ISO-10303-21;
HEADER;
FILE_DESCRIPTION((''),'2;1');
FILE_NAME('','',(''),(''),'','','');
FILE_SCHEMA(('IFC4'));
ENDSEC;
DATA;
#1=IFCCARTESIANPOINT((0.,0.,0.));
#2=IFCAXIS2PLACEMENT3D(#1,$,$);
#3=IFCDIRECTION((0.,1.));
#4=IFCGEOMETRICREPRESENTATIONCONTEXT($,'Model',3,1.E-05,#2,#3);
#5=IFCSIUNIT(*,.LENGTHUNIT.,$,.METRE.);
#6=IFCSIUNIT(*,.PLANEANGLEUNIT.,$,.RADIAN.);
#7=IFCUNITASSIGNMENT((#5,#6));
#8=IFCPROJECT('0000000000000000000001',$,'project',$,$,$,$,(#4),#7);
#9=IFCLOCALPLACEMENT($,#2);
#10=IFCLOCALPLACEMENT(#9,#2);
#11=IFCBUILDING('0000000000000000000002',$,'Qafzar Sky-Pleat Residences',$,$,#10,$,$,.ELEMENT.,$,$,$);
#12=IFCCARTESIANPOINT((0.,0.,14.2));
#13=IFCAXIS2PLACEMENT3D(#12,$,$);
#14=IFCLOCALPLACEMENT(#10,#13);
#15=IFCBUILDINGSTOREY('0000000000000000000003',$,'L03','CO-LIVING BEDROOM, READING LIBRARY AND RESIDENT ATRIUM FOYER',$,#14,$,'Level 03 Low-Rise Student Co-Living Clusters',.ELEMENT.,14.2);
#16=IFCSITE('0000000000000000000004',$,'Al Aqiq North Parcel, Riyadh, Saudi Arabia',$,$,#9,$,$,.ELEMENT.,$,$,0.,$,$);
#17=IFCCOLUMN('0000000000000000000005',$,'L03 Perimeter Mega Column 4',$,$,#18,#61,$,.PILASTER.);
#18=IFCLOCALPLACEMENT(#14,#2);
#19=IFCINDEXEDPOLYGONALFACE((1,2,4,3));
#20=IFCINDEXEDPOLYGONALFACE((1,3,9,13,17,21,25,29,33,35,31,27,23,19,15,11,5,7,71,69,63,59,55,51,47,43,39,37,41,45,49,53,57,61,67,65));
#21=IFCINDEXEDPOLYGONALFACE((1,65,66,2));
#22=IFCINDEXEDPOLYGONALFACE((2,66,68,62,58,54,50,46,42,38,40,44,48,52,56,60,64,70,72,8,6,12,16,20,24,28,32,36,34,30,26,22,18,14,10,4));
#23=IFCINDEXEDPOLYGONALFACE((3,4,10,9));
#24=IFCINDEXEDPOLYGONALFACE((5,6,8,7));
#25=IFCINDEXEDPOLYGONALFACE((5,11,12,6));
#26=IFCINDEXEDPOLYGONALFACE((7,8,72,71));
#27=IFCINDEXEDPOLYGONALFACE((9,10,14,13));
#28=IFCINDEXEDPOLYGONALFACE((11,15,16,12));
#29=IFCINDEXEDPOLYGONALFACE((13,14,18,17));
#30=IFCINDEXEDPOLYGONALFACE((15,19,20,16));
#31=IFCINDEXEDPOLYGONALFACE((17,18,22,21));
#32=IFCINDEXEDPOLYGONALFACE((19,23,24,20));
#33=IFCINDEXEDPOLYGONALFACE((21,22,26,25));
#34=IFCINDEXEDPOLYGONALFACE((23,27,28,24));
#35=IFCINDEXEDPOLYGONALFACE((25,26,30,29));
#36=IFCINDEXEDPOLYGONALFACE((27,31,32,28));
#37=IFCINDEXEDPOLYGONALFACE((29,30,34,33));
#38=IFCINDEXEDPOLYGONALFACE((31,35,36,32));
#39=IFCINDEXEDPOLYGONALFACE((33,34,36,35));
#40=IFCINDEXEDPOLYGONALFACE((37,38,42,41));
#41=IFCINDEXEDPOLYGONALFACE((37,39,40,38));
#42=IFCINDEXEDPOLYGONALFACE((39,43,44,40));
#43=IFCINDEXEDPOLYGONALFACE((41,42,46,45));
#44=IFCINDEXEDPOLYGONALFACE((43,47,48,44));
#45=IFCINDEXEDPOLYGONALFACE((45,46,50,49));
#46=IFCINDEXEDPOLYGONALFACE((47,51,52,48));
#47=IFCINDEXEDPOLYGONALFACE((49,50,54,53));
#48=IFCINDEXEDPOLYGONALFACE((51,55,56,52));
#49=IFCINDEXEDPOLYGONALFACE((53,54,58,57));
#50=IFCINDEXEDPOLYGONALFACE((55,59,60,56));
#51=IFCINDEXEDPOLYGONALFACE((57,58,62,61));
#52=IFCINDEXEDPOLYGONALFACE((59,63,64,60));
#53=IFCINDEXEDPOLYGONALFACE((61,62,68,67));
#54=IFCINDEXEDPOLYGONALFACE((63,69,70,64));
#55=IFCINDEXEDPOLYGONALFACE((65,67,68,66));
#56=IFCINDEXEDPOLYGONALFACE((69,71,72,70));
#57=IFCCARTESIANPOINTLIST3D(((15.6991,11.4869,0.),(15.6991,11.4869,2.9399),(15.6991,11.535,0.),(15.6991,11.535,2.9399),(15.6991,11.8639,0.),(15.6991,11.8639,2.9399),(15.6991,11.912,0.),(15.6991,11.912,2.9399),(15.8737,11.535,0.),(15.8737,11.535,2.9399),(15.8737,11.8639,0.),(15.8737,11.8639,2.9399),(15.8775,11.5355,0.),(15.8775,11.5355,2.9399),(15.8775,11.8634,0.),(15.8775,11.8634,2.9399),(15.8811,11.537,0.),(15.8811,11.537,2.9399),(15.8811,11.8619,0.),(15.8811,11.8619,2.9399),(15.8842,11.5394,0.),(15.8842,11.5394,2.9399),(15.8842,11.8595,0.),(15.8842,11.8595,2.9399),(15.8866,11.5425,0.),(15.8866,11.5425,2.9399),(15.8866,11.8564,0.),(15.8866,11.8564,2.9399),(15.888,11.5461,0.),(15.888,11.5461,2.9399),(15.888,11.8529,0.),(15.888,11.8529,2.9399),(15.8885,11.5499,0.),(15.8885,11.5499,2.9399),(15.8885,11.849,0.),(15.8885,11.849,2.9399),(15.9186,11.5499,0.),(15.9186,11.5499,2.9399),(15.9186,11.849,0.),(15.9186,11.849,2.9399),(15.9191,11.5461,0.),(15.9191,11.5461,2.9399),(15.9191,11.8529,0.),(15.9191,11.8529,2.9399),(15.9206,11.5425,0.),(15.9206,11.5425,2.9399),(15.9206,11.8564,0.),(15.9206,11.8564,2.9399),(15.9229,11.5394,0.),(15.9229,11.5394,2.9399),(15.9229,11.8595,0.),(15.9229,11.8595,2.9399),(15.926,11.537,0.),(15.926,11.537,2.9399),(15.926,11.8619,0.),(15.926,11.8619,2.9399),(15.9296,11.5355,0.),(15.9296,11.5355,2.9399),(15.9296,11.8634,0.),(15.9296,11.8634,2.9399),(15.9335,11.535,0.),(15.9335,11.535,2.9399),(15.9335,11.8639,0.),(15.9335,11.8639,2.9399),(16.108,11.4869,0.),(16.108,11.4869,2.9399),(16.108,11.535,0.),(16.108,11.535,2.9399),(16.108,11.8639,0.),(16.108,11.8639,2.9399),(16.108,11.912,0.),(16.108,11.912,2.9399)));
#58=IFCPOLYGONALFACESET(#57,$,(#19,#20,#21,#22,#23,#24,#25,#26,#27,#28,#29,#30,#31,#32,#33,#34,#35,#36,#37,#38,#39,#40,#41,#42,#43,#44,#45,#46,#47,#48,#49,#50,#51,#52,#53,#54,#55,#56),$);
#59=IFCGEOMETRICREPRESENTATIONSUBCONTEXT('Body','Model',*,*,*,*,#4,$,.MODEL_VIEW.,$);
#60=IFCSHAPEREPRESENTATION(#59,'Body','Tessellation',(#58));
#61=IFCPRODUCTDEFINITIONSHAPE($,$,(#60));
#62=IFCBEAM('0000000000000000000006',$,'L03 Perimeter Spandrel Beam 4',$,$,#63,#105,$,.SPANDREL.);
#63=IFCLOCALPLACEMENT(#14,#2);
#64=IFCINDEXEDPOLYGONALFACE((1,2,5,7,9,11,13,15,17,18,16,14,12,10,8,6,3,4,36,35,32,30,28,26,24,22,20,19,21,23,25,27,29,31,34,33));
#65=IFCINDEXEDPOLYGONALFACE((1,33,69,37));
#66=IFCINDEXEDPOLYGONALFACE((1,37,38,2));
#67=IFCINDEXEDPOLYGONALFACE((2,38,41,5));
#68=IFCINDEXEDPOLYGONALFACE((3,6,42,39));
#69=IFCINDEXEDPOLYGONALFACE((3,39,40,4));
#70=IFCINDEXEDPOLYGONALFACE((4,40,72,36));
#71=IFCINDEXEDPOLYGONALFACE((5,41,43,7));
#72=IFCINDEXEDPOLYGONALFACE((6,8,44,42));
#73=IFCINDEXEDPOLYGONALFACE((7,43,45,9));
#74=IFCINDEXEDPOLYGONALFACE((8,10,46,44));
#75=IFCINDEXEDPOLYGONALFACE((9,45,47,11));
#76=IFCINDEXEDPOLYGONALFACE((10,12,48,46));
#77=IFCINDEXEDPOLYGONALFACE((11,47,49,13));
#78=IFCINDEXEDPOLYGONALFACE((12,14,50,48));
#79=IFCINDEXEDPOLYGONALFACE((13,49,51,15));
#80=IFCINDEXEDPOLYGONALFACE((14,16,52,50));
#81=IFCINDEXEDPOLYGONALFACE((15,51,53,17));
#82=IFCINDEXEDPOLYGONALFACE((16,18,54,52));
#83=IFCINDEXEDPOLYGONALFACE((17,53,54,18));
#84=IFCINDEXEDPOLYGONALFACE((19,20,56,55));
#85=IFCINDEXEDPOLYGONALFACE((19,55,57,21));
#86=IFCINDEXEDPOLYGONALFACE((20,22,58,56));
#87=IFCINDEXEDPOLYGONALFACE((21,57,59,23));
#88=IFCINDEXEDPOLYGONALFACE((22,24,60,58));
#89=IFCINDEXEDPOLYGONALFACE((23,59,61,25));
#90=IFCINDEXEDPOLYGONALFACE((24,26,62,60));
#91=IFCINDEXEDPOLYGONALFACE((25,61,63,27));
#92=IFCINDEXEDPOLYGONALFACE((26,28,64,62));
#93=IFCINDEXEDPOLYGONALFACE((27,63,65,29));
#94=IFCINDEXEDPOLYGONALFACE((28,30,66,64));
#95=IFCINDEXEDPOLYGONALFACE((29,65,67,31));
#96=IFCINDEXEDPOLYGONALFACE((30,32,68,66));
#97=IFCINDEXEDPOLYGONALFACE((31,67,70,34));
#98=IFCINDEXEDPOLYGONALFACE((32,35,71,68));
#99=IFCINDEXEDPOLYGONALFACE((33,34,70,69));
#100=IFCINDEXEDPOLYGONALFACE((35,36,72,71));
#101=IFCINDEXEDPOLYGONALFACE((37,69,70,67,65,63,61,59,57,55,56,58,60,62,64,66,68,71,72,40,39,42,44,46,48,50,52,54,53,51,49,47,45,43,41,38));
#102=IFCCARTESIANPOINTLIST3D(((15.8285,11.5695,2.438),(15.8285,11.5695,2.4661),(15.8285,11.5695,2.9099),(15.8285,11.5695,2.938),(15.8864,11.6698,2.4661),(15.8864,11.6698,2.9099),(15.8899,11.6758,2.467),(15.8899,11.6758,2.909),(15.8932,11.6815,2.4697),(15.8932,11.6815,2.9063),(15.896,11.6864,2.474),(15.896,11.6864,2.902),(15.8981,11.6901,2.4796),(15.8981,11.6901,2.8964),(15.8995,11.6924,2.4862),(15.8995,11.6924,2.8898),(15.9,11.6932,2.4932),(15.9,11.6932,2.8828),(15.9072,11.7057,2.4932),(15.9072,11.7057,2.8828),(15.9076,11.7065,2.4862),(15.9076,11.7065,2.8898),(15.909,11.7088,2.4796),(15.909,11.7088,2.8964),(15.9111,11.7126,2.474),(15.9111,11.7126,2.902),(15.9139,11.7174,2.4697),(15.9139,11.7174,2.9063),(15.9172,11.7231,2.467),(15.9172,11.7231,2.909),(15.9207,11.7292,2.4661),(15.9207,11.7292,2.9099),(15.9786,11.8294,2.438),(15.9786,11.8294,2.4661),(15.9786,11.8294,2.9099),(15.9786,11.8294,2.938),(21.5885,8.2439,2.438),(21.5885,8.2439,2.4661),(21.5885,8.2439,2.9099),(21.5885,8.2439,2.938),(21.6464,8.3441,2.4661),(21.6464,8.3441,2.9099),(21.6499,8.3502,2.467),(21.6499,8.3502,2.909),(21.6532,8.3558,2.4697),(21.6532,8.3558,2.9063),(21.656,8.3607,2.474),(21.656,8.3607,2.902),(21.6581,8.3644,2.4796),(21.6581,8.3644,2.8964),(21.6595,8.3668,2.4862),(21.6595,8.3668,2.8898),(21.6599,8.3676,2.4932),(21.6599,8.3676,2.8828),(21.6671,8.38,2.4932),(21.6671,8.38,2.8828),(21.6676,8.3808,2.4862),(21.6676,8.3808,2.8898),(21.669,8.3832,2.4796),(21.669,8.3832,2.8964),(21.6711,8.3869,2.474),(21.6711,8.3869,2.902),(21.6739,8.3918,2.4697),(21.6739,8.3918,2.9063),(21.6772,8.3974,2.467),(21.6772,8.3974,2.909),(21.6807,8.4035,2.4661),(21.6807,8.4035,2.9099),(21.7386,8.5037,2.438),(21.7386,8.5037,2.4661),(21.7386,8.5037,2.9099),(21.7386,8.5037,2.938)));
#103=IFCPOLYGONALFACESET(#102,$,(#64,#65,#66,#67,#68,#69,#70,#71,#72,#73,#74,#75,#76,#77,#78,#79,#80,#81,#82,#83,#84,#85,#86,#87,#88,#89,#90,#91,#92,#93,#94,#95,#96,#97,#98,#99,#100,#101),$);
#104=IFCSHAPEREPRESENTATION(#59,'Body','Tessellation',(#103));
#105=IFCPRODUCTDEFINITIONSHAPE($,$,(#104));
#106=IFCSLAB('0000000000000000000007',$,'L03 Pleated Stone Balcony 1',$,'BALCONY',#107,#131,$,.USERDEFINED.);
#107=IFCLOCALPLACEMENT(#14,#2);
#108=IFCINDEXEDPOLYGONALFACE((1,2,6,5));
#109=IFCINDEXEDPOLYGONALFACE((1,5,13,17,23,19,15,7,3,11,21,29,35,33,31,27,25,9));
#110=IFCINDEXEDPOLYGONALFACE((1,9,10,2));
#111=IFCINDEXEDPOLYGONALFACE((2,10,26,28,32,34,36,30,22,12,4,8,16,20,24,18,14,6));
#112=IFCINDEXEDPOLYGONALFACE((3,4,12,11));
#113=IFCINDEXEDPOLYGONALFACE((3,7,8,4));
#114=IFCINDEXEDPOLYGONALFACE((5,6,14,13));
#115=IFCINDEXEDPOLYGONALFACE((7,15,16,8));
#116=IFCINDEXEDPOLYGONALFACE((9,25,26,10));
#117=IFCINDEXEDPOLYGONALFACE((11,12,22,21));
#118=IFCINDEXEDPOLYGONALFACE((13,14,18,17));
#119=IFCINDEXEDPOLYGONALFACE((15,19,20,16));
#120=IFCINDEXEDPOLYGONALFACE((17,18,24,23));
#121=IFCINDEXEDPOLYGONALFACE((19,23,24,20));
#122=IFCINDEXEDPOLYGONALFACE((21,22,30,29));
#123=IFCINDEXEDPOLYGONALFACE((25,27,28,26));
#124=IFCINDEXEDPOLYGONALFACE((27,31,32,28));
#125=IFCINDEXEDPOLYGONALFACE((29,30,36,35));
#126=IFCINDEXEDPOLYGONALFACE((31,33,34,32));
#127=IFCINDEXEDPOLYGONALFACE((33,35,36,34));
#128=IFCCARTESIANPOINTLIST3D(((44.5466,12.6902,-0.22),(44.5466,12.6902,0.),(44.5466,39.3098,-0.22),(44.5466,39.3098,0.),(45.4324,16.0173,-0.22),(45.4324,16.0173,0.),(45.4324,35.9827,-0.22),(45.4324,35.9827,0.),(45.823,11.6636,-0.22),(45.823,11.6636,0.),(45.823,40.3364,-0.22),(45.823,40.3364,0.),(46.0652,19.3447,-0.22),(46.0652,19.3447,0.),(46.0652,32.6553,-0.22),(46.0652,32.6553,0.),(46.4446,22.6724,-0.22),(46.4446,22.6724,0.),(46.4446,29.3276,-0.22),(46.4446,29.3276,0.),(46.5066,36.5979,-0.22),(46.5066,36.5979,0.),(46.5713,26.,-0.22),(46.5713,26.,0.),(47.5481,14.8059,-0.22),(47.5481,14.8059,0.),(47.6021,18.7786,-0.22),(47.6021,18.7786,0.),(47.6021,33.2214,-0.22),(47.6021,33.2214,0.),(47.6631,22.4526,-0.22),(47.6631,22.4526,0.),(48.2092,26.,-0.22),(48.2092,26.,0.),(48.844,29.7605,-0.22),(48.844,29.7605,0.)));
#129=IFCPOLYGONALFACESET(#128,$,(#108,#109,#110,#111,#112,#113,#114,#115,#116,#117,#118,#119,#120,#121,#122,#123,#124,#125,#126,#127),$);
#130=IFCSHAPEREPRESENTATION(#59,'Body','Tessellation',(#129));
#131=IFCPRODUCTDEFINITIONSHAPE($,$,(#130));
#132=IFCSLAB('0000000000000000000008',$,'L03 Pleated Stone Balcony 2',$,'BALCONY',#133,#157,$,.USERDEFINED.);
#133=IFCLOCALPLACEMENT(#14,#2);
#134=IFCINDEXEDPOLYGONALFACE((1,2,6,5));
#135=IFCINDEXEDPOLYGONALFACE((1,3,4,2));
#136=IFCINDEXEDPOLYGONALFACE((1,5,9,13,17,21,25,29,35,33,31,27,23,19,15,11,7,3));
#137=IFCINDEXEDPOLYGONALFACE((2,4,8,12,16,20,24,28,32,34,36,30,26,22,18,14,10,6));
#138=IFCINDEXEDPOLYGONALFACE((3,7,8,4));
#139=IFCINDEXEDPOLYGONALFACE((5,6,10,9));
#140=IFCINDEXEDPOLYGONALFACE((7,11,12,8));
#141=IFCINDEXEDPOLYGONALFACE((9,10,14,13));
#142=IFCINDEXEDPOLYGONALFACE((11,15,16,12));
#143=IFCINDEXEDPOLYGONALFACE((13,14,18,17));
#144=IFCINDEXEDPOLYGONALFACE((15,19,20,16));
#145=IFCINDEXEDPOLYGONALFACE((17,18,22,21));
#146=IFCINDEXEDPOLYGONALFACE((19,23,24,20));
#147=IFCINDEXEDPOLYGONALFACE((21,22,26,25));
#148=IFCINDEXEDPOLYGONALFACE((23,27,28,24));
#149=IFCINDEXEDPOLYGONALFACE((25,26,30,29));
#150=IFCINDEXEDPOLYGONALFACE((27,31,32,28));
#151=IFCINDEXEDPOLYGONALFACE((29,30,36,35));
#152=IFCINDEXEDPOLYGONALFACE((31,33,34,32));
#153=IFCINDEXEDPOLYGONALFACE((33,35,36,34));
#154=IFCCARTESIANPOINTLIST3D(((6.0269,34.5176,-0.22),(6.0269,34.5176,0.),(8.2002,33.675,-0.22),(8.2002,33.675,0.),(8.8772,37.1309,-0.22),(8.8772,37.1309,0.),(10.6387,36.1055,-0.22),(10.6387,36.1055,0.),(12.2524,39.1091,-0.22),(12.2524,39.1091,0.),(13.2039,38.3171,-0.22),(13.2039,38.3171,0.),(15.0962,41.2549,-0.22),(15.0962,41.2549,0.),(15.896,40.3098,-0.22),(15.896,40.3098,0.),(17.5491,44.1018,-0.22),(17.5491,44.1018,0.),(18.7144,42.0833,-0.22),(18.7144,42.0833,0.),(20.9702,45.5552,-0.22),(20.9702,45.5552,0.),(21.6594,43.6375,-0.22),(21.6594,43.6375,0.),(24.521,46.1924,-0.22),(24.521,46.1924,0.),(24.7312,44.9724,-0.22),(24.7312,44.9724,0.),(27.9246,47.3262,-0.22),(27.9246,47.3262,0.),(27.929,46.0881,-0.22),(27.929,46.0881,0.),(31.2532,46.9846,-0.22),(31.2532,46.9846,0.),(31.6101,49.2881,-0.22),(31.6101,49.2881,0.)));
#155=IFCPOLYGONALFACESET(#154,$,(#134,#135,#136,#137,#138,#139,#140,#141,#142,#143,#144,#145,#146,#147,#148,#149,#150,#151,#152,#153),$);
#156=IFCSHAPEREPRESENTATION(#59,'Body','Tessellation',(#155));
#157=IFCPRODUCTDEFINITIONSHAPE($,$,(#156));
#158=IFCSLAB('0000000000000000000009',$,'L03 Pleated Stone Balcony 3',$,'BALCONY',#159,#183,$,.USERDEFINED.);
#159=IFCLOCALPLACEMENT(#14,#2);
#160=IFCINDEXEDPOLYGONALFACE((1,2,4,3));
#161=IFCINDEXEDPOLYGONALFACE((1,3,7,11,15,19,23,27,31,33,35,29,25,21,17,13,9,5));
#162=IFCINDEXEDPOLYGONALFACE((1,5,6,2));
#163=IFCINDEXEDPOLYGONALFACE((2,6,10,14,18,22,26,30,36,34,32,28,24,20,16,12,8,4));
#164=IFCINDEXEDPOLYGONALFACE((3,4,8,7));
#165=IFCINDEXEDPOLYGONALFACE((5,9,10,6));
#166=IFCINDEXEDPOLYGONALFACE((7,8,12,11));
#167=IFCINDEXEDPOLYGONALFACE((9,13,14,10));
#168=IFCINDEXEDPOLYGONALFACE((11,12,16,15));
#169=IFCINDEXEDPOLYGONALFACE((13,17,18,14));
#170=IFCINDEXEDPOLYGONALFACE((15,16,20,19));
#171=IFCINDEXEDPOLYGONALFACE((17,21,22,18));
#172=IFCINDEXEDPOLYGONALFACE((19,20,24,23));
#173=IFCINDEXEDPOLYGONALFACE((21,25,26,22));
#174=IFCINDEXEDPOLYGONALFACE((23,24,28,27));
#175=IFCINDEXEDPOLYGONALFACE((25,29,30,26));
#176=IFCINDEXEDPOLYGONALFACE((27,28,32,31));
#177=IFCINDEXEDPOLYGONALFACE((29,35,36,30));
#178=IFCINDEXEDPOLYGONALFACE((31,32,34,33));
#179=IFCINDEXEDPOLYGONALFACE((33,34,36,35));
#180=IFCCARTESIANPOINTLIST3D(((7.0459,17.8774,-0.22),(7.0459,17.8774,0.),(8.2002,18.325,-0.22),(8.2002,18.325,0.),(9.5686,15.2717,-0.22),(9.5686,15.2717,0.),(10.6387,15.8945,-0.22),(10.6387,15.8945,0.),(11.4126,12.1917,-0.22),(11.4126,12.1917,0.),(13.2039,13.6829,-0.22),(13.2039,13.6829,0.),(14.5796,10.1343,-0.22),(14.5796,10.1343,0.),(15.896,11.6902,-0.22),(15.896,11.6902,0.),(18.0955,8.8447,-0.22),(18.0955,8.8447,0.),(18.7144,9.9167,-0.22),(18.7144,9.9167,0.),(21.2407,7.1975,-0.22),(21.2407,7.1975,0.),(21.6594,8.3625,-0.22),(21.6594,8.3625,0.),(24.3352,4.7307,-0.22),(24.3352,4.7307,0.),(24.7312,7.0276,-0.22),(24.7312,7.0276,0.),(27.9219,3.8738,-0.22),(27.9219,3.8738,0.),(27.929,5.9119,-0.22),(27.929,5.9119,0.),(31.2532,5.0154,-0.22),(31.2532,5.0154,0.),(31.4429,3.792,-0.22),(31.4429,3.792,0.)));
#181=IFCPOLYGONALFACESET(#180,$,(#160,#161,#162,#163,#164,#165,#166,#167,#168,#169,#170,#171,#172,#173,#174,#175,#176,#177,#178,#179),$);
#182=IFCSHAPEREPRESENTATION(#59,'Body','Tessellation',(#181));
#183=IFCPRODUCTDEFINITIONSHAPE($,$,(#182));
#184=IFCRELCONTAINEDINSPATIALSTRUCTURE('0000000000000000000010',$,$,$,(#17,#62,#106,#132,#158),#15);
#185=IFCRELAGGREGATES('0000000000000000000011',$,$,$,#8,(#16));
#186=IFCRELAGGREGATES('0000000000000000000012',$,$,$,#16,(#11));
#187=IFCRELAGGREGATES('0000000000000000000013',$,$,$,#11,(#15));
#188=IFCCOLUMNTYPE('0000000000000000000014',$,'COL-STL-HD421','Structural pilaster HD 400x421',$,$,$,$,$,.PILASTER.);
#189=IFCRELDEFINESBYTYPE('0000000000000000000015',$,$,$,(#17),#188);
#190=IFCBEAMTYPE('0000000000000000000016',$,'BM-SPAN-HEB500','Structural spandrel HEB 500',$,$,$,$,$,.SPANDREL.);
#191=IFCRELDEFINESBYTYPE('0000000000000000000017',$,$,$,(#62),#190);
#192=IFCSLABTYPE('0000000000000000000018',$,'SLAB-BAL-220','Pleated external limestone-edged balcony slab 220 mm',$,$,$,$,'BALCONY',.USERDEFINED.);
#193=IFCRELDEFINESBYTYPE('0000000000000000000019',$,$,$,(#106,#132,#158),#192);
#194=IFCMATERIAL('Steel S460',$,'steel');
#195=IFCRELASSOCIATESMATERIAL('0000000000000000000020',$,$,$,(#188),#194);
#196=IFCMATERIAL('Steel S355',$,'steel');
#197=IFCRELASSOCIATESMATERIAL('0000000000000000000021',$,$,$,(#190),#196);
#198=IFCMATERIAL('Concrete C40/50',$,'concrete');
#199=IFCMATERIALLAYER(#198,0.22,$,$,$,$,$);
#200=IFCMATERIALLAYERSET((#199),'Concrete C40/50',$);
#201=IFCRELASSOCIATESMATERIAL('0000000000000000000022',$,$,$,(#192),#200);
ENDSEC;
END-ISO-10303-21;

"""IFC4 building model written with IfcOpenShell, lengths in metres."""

from ifc_helpers import new_model, si_unit, direction, frame, origin, origin_2d, place, context, subcontext, project, spatial, polyline, i_section, outline, extrude, source, transform, mapped, material, layer, layer_set, material_profile, profile_set, type_object, element, save


model = new_model("IFC4")

# Units and contexts
model_context = context("Model", 3, precision=1e-05, world=origin(), true_north=direction((0.0, 1.0)))
body_context = subcontext(model_context, "Body", "Model", "MODEL_VIEW")
ifc_project = project(units=[si_unit("LENGTHUNIT", "METRE"), si_unit("PLANEANGLEUNIT", "RADIAN")], contexts=[model_context])

# Site, building, storey
site_placement = place(None, origin())
site = spatial("IfcSite", under=ifc_project, at=site_placement, Name="Al Aqiq North Parcel, Riyadh, Saudi Arabia", CompositionType="ELEMENT", RefElevation=0.0)
building_placement = place(site_placement, origin())
building = spatial("IfcBuilding", under=site, at=building_placement, Name="Qafzar Sky-Pleat Residences", CompositionType="ELEMENT")
storey_placement = place(building_placement, frame((0.0, 0.0, 14.2)))
storey = spatial("IfcBuildingStorey", under=building, at=storey_placement, Name="L03", Description="CO-LIVING BEDROOM, READING LIBRARY AND RESIDENT ATRIUM FOYER", LongName="Level 03 Low-Rise Student Co-Living Clusters", CompositionType="ELEMENT", Elevation=14.2)

# Column
ifc_material_1 = material(Name="Steel S460", Category="steel")
ifc_material_profile_1 = material_profile(ifc_material_1, i_section(OverallWidth=0.4089, OverallDepth=0.425, WebThickness=0.03, FlangeThickness=0.0481, FilletRadius=0.0149, at=origin_2d()), Name="HD 400x421")
ifc_profile_set_1 = profile_set([ifc_material_profile_1], Name="Steel S460")
column_type = type_object("IfcColumnType", Name="COL-STL-HD421", Description="Structural pilaster HD 400x421", PredefinedType="PILASTER", material=ifc_profile_set_1)
shared_shape_1 = source(origin(), body_context, "Body", "SweptSolid", [
    extrude(i_section(OverallWidth=0.4089, OverallDepth=0.425, WebThickness=0.03, FlangeThickness=0.0481, FilletRadius=0.0149, at=origin_2d()), origin(), (0.0, 0.0, 1.0), 2.9399),
])
column_placement = place(storey_placement, frame((15.9036, 11.6995, 0.0), z_axis=(0.0, 0.0, 1.0), x_axis=(1.0, 0.0, 0.0)))
element("IfcColumn", 1, at=column_placement, inside=storey, type_object=column_type, Name="L03 Perimeter Mega Column 4", PredefinedType="PILASTER", context=body_context, shape_type="MappedRepresentation", body=[
    mapped(shared_shape_1, transform((0.0, 0.0, 0.0), x_axis=(1.0, 0.0, 0.0), y_axis=(0.0, 1.0, 0.0), z_axis=(0.0, 0.0, 1.0), scale=1.0)),
])

# Beam
ifc_material_2 = material(Name="Steel S355", Category="steel")
ifc_material_profile_2 = material_profile(ifc_material_2, i_section(OverallWidth=0.3, OverallDepth=0.5, WebThickness=0.0144, FlangeThickness=0.0281, FilletRadius=0.0271, at=origin_2d()), Name="HEB 500")
ifc_profile_set_2 = profile_set([ifc_material_profile_2], Name="Steel S355")
beam_type = type_object("IfcBeamType", Name="BM-SPAN-HEB500", Description="Structural spandrel HEB 500", PredefinedType="SPANDREL", material=ifc_profile_set_2)
shared_shape_2 = source(origin(), body_context, "Body", "SweptSolid", [
    extrude(i_section(OverallWidth=0.3, OverallDepth=0.5, WebThickness=0.0144, FlangeThickness=0.0281, FilletRadius=0.0271, at=origin_2d()), origin(), (0.0, 0.0, 1.0), 6.6511),
])
beam_placement = place(storey_placement, frame((15.9036, 11.6995, 2.688), z_axis=(0.866016, -0.500016, 0.0), x_axis=(0.500016, 0.866016, 0.0)))
element("IfcBeam", 2, at=beam_placement, inside=storey, type_object=beam_type, Name="L03 Perimeter Spandrel Beam 4", PredefinedType="SPANDREL", context=body_context, shape_type="MappedRepresentation", body=[
    mapped(shared_shape_2, transform((0.0, 0.0, 0.0), x_axis=(1.0, 0.0, 0.0), y_axis=(0.0, 1.0, 0.0), z_axis=(0.0, 0.0, 1.0), scale=1.0)),
])

# Slabs
ifc_material_3 = material(Name="Concrete C40/50", Category="concrete")
ifc_layer_1 = layer(ifc_material_3, 0.22)
ifc_layer_set_1 = layer_set([ifc_layer_1], Name="Concrete C40/50")
slab_type_1 = type_object("IfcSlabType", Name="SLAB-BAL-220", Description="Pleated external limestone-edged balcony slab 220 mm", ElementType="BALCONY", PredefinedType="USERDEFINED", material=ifc_layer_set_1)
slab_1_placement = place(storey_placement, frame((0.0, 0.0, -0.22)))
element("IfcSlab", 3, at=slab_1_placement, inside=storey, type_object=slab_type_1, Name="L03 Pleated Stone Balcony 1", ObjectType="BALCONY", PredefinedType="USERDEFINED", context=body_context, shape_type="SweptSolid", body=[
    extrude(outline(polyline([(45.4324, 16.0173), (46.0652, 19.3447), (46.4446, 22.6724), (46.5713, 26.0), (46.4446, 29.3276), (46.0652, 32.6553), (45.4324, 35.9827), (44.5466, 39.3098), (45.823, 40.3364), (46.5066, 36.5979), (47.6021, 33.2214), (48.844, 29.7605), (48.2092, 26.0), (47.6631, 22.4526), (47.6021, 18.7786), (47.5481, 14.8059), (45.823, 11.6636), (44.5466, 12.6902), (45.4324, 16.0173)])), origin(), (0.0, 0.0, 1.0), 0.22),
])
slab_2_placement = place(storey_placement, frame((0.0, 0.0, -0.22)))
element("IfcSlab", 4, at=slab_2_placement, inside=storey, type_object=slab_type_1, Name="L03 Pleated Stone Balcony 2", ObjectType="BALCONY", PredefinedType="USERDEFINED", context=body_context, shape_type="SweptSolid", body=[
    extrude(outline(polyline([(27.929, 46.0881), (24.7312, 44.9724), (21.6594, 43.6375), (18.7144, 42.0833), (15.896, 40.3098), (13.2039, 38.3171), (10.6387, 36.1055), (8.2002, 33.675), (6.0269, 34.5176), (8.8772, 37.1309), (12.2524, 39.1091), (15.0962, 41.2549), (17.5491, 44.1018), (20.9702, 45.5552), (24.521, 46.1924), (27.9246, 47.3262), (31.6101, 49.2881), (31.2532, 46.9846), (27.929, 46.0881)])), origin(), (0.0, 0.0, 1.0), 0.22),
])
slab_3_placement = place(storey_placement, frame((0.0, 0.0, -0.22)))
element("IfcSlab", 5, at=slab_3_placement, inside=storey, type_object=slab_type_1, Name="L03 Pleated Stone Balcony 3", ObjectType="BALCONY", PredefinedType="USERDEFINED", context=body_context, shape_type="SweptSolid", body=[
    extrude(outline(polyline([(10.6387, 15.8945), (13.2039, 13.6829), (15.896, 11.6902), (18.7144, 9.9167), (21.6594, 8.3625), (24.7312, 7.0276), (27.929, 5.9119), (31.2532, 5.0154), (31.4429, 3.792), (27.9219, 3.8738), (24.3352, 4.7307), (21.2407, 7.1975), (18.0955, 8.8447), (14.5796, 10.1343), (11.4126, 12.1917), (9.5686, 15.2717), (7.0459, 17.8774), (8.2002, 18.325), (10.6387, 15.8945)])), origin(), (0.0, 0.0, 1.0), 0.22),
])

save(model, "model.ifc")
